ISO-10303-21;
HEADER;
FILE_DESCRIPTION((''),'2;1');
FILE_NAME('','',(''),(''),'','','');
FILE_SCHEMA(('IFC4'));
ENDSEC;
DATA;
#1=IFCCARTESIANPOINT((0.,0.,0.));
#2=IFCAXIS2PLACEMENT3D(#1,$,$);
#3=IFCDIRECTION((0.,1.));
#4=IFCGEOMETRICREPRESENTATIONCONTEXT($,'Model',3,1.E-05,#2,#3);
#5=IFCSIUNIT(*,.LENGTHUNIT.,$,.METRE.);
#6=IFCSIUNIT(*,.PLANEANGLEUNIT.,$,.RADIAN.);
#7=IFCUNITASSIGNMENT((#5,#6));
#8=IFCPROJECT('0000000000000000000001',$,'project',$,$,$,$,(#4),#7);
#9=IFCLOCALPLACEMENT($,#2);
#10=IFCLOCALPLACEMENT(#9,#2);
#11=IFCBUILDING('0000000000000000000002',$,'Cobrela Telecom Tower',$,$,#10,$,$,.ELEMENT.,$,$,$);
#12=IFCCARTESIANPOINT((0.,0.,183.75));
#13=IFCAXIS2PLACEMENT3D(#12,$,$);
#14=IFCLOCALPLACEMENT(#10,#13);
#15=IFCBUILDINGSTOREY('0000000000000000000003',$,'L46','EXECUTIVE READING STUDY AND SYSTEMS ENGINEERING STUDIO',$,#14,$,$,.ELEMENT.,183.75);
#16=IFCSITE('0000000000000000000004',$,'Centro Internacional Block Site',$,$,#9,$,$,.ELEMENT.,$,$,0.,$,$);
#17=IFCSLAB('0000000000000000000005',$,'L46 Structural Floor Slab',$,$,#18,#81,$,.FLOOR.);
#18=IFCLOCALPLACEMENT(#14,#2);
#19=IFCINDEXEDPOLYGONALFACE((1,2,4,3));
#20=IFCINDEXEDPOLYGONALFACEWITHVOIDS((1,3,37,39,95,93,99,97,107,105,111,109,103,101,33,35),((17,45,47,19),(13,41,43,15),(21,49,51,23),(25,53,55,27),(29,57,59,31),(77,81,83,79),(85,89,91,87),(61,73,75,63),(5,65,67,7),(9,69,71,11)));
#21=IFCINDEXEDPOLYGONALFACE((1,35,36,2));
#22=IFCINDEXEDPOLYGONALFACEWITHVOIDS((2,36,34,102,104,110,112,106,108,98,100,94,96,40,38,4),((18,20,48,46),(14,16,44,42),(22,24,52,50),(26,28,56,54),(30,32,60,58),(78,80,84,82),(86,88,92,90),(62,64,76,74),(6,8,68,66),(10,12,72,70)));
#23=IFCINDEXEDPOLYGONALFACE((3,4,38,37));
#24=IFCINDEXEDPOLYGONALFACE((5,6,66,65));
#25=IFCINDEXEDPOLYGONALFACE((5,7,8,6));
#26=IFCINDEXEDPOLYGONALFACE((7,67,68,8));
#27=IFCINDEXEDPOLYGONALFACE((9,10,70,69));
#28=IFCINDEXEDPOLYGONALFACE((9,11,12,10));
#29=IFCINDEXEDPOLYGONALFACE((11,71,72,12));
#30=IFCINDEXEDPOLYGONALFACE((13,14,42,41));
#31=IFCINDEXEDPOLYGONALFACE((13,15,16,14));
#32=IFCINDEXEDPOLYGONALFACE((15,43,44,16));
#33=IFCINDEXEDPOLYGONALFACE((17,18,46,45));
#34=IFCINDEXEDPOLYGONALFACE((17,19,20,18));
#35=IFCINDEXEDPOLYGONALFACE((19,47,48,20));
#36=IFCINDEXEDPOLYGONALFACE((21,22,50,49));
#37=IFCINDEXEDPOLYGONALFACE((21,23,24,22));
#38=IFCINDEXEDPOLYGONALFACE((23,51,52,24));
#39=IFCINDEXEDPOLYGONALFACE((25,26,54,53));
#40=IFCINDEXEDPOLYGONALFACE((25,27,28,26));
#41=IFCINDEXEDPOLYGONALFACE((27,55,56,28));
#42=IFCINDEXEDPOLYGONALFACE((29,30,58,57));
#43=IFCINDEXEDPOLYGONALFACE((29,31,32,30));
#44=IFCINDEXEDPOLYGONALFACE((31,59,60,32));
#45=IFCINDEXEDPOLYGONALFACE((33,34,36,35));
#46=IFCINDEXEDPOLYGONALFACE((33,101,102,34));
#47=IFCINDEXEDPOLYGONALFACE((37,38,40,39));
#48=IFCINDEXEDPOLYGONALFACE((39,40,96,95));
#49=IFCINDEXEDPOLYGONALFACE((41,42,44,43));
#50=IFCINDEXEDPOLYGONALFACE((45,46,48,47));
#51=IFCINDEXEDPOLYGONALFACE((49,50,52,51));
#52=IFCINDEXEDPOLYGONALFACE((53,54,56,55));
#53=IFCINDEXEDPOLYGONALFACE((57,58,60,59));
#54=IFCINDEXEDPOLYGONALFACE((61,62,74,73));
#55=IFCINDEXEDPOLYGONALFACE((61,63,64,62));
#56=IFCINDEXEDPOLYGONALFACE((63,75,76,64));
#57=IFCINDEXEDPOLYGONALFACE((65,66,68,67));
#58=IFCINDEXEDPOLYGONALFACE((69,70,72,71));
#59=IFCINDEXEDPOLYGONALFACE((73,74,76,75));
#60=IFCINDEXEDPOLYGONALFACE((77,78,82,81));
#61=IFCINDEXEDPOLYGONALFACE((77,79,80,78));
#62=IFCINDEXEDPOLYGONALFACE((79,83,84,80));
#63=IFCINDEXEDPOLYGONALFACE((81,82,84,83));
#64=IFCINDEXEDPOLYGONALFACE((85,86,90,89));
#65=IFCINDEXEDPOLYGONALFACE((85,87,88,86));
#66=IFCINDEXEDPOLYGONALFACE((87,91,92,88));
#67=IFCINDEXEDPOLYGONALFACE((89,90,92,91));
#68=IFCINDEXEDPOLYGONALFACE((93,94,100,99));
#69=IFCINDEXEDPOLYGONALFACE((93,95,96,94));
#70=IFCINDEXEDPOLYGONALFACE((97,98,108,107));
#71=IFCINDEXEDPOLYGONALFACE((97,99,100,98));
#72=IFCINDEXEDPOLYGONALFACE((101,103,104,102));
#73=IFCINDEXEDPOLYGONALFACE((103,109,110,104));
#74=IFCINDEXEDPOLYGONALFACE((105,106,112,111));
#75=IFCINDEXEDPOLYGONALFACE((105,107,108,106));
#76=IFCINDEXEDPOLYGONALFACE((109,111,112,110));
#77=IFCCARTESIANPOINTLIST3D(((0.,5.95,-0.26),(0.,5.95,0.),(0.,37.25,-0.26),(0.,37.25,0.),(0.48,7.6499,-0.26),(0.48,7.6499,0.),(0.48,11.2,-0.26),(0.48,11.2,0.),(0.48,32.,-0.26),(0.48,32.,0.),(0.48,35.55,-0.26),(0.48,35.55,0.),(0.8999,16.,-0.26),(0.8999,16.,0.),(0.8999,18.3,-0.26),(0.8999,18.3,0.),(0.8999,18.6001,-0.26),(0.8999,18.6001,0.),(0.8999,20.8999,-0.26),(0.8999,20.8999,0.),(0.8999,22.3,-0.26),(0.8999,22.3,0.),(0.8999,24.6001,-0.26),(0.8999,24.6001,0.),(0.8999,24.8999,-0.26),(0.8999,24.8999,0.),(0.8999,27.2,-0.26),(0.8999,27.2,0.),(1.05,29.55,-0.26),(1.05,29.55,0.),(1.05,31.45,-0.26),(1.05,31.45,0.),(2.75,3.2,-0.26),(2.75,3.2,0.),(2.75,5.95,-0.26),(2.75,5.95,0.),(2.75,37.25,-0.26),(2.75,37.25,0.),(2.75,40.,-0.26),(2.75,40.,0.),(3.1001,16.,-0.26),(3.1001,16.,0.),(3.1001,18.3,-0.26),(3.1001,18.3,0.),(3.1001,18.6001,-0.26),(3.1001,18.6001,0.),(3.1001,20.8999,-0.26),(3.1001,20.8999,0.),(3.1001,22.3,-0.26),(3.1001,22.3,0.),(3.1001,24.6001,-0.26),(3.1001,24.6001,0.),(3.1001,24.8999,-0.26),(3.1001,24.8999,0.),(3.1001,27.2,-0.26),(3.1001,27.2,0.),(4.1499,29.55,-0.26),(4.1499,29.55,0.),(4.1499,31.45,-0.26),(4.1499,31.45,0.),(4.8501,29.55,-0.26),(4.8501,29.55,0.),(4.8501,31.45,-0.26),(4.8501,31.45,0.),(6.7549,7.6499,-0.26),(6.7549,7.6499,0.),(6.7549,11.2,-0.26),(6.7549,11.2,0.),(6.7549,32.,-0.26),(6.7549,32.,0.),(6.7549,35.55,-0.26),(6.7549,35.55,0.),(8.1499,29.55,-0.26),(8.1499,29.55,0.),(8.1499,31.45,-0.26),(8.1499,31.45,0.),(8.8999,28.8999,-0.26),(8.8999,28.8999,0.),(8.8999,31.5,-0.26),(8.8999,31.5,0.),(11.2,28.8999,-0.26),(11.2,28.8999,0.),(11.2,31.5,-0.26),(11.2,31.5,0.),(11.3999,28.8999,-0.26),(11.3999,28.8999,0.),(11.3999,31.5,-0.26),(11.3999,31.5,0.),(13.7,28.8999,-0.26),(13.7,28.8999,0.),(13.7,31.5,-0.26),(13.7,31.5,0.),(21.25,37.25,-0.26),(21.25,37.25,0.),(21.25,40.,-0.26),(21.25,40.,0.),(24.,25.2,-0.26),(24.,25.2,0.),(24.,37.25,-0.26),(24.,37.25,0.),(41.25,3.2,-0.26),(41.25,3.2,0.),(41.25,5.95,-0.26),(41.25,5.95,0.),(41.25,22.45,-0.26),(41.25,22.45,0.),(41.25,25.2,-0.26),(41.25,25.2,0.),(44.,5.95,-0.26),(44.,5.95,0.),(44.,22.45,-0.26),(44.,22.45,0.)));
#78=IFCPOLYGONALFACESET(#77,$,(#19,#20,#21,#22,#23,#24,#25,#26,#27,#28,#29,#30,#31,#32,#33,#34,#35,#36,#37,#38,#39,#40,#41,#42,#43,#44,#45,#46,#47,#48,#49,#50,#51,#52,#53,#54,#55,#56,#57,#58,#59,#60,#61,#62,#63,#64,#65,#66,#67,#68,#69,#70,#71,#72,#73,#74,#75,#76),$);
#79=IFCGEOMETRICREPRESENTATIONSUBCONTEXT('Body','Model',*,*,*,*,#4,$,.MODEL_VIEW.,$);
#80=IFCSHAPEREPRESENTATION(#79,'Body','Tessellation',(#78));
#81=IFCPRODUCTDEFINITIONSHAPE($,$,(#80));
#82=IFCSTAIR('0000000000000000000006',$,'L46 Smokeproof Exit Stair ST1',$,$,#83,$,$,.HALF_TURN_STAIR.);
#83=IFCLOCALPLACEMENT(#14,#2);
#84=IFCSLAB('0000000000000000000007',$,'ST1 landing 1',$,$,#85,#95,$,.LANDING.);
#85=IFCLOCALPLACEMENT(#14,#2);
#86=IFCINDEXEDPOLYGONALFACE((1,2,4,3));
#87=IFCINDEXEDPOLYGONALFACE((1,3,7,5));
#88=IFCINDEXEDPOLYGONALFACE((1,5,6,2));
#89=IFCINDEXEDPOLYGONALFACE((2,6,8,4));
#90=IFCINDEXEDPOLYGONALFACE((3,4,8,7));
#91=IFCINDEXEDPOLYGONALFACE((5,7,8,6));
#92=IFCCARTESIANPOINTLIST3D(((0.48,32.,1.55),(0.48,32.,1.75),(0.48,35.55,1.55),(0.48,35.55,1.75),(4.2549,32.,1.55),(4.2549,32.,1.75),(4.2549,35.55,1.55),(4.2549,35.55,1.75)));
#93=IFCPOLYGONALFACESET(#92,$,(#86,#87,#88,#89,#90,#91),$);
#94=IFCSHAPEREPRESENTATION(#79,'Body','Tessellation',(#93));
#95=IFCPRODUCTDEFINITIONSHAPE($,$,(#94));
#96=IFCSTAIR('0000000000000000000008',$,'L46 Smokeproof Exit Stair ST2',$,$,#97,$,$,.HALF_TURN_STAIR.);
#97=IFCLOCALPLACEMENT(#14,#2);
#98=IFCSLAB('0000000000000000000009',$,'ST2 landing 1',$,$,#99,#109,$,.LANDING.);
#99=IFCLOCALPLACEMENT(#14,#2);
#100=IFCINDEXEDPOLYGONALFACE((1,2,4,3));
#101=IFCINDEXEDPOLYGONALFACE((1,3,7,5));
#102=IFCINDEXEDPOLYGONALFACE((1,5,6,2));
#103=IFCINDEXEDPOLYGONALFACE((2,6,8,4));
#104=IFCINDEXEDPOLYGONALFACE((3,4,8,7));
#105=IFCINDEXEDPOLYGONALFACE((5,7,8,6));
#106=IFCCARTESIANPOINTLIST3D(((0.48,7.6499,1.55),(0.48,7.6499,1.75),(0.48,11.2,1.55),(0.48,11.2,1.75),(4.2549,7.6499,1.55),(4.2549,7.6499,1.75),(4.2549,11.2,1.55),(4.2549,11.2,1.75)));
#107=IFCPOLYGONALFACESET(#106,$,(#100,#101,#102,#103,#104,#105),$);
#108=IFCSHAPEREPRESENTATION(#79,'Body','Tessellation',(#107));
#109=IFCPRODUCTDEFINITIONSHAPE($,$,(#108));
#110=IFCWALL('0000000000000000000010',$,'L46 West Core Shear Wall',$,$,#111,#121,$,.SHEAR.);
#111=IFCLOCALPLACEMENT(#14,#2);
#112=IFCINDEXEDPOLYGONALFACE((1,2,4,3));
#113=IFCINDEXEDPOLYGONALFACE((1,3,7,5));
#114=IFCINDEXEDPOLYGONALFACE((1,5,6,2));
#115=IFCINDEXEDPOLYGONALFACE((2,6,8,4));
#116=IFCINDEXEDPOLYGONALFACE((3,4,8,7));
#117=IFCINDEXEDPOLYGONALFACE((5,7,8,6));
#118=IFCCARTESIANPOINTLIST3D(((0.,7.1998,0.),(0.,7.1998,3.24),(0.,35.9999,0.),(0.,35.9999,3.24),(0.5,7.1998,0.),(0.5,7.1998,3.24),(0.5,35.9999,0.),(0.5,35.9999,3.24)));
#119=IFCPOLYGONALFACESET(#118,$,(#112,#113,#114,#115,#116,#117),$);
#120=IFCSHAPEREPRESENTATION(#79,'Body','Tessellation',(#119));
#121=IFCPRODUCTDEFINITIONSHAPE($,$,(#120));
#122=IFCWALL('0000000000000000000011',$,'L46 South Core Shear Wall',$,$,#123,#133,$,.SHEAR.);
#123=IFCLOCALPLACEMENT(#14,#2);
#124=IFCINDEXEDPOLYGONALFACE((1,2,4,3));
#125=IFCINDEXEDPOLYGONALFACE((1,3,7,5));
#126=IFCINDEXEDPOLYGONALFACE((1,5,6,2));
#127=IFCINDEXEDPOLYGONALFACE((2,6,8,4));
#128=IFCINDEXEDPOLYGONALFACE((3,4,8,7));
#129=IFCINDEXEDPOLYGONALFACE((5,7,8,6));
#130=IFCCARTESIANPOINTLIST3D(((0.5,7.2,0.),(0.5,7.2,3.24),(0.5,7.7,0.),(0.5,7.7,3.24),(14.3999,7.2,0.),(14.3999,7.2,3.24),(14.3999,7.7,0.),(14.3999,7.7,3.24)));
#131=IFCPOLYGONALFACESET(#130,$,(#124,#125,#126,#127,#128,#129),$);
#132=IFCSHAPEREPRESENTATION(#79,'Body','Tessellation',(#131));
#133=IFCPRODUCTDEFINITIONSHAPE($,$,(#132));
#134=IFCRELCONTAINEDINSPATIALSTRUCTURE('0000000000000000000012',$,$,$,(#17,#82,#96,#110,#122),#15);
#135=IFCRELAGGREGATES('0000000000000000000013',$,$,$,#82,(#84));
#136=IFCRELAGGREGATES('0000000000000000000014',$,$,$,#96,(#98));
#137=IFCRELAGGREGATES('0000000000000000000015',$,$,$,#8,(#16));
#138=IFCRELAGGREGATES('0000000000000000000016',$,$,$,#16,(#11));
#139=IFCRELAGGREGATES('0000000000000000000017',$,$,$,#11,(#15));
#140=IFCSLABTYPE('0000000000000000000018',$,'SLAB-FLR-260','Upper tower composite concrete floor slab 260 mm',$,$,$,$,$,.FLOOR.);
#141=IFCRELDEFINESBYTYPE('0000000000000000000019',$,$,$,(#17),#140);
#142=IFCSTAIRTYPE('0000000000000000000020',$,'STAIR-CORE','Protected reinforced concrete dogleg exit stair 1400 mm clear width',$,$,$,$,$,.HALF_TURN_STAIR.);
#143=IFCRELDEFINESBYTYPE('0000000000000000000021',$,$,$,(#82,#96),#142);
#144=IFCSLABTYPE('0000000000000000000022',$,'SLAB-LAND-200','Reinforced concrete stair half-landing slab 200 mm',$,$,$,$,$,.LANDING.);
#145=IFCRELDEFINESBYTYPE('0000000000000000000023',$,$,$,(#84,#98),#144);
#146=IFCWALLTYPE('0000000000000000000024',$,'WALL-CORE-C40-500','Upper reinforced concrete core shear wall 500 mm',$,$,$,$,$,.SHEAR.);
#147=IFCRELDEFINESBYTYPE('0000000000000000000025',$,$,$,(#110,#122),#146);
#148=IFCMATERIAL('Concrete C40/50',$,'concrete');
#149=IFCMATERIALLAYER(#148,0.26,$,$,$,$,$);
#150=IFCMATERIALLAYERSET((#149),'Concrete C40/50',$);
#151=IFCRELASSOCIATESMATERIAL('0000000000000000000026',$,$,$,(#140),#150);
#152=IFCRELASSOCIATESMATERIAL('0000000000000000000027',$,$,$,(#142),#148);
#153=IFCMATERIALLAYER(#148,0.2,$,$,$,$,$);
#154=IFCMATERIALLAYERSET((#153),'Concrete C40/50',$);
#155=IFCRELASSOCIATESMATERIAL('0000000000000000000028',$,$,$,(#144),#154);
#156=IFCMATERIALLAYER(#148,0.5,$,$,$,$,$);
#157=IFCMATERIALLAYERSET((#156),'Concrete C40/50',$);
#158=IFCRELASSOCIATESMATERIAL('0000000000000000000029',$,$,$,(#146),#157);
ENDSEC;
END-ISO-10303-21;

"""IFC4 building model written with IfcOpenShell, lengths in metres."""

from ifc_helpers import new_model, si_unit, direction, frame, frame_2d, origin, place, context, subcontext, project, spatial, polyline, rectangle, outline, extrude, material, layer, layer_set, type_object, element, aggregate, save


model = new_model("IFC4")

# Units and contexts
model_context = context("Model", 3, precision=1e-05, world=origin(), true_north=direction((0.0, 1.0)))
body_context = subcontext(model_context, "Body", "Model", "MODEL_VIEW")
ifc_project = project(units=[si_unit("LENGTHUNIT", "METRE"), si_unit("PLANEANGLEUNIT", "RADIAN")], contexts=[model_context])

# Site, building, storey
site_placement = place(None, origin())
site = spatial("IfcSite", under=ifc_project, at=site_placement, Name="Centro Internacional Block Site", CompositionType="ELEMENT", RefElevation=0.0)
building_placement = place(site_placement, origin())
building = spatial("IfcBuilding", under=site, at=building_placement, Name="Cobrela Telecom Tower", CompositionType="ELEMENT")
storey_placement = place(building_placement, frame((0.0, 0.0, 183.75)))
storey = spatial("IfcBuildingStorey", under=building, at=storey_placement, Name="L46", Description="EXECUTIVE READING STUDY AND SYSTEMS ENGINEERING STUDIO", CompositionType="ELEMENT", Elevation=183.75)

# Slab, openings
ifc_material_1 = material(Name="Concrete C40/50", Category="concrete")
ifc_layer_1 = layer(ifc_material_1, 0.26)
ifc_layer_set_1 = layer_set([ifc_layer_1], Name="Concrete C40/50")
slab_type_1 = type_object("IfcSlabType", Name="SLAB-FLR-260", Description="Upper tower composite concrete floor slab 260 mm", PredefinedType="FLOOR", material=ifc_layer_set_1)
slab_1_placement = place(storey_placement, frame((0.0, 0.0, -0.26)))
slab_1 = element("IfcSlab", 1, at=slab_1_placement, inside=storey, type_object=slab_type_1, Name="L46 Structural Floor Slab", PredefinedType="FLOOR", context=body_context, shape_type="SweptSolid", body=[
    extrude(outline(polyline([(2.75, 3.2), (41.25, 3.2), (41.25, 5.95), (44.0, 5.95), (44.0, 22.45), (41.25, 22.45), (41.25, 25.2), (24.0, 25.2), (24.0, 37.25), (21.25, 37.25), (21.25, 40.0), (2.75, 40.0), (2.75, 37.25), (0.0, 37.25), (0.0, 5.95), (2.75, 5.95), (2.75, 3.2)])), origin(), (0.0, 0.0, 1.0), 0.26),
])
opening_1_placement = place(slab_1_placement, frame((0.0, 0.0, -0.02)))
element("IfcOpeningElement", 2, at=opening_1_placement, cuts=slab_1, PredefinedType="OPENING", context=body_context, shape_type="SweptSolid", body=[
    extrude(outline(polyline([(8.8999, 28.8999), (11.2, 28.8999), (11.2, 31.5), (8.8999, 31.5), (8.8999, 28.8999)])), origin(), (0.0, 0.0, 1.0), 0.3),
])
opening_2_placement = place(slab_1_placement, frame((0.0, 0.0, -0.02)))
element("IfcOpeningElement", 3, at=opening_2_placement, cuts=slab_1, PredefinedType="OPENING", context=body_context, shape_type="SweptSolid", body=[
    extrude(outline(polyline([(11.3999, 28.8999), (13.7, 28.8999), (13.7, 31.5), (11.3999, 31.5), (11.3999, 28.8999)])), origin(), (0.0, 0.0, 1.0), 0.3),
])
opening_3_placement = place(slab_1_placement, frame((0.0, 0.0, -0.02)))
element("IfcOpeningElement", 4, at=opening_3_placement, cuts=slab_1, PredefinedType="OPENING", context=body_context, shape_type="SweptSolid", body=[
    extrude(outline(polyline([(0.8999, 16.0), (3.1001, 16.0), (3.1001, 18.3), (0.8999, 18.3), (0.8999, 16.0)])), origin(), (0.0, 0.0, 1.0), 0.3),
])
opening_4_placement = place(slab_1_placement, frame((0.0, 0.0, -0.02)))
element("IfcOpeningElement", 5, at=opening_4_placement, cuts=slab_1, PredefinedType="OPENING", context=body_context, shape_type="SweptSolid", body=[
    extrude(outline(polyline([(0.8999, 18.6001), (3.1001, 18.6001), (3.1001, 20.8999), (0.8999, 20.8999), (0.8999, 18.6001)])), origin(), (0.0, 0.0, 1.0), 0.3),
])
opening_5_placement = place(slab_1_placement, frame((0.0, 0.0, -0.02)))
element("IfcOpeningElement", 6, at=opening_5_placement, cuts=slab_1, PredefinedType="OPENING", context=body_context, shape_type="SweptSolid", body=[
    extrude(outline(polyline([(0.8999, 22.3), (3.1001, 22.3), (3.1001, 24.6001), (0.8999, 24.6001), (0.8999, 22.3)])), origin(), (0.0, 0.0, 1.0), 0.3),
])
opening_6_placement = place(slab_1_placement, frame((0.0, 0.0, -0.02)))
element("IfcOpeningElement", 7, at=opening_6_placement, cuts=slab_1, PredefinedType="OPENING", context=body_context, shape_type="SweptSolid", body=[
    extrude(outline(polyline([(0.8999, 24.8999), (3.1001, 24.8999), (3.1001, 27.2), (0.8999, 27.2), (0.8999, 24.8999)])), origin(), (0.0, 0.0, 1.0), 0.3),
])
opening_7_placement = place(slab_1_placement, frame((0.0, 0.0, -0.02)))
element("IfcOpeningElement", 8, at=opening_7_placement, cuts=slab_1, PredefinedType="OPENING", context=body_context, shape_type="SweptSolid", body=[
    extrude(outline(polyline([(1.05, 29.55), (4.1499, 29.55), (4.1499, 31.45), (1.05, 31.45), (1.05, 29.55)])), origin(), (0.0, 0.0, 1.0), 0.3),
])
opening_8_placement = place(slab_1_placement, frame((0.0, 0.0, -0.02)))
element("IfcOpeningElement", 9, at=opening_8_placement, cuts=slab_1, PredefinedType="OPENING", context=body_context, shape_type="SweptSolid", body=[
    extrude(outline(polyline([(4.8501, 29.55), (8.1499, 29.55), (8.1499, 31.45), (4.8501, 31.45), (4.8501, 29.55)])), origin(), (0.0, 0.0, 1.0), 0.3),
])
opening_9_placement = place(slab_1_placement, frame((0.0, 0.0, -0.02)))
element("IfcOpeningElement", 10, at=opening_9_placement, cuts=slab_1, PredefinedType="OPENING", context=body_context, shape_type="SweptSolid", body=[
    extrude(outline(polyline([(6.7549, 35.55), (0.48, 35.55), (0.48, 32.0), (6.7549, 32.0), (6.7549, 35.55)])), origin(), (0.0, 0.0, 1.0), 0.3),
])
opening_10_placement = place(slab_1_placement, frame((0.0, 0.0, -0.02)))
element("IfcOpeningElement", 11, at=opening_10_placement, cuts=slab_1, PredefinedType="OPENING", context=body_context, shape_type="SweptSolid", body=[
    extrude(outline(polyline([(6.7549, 11.2), (0.48, 11.2), (0.48, 7.6499), (6.7549, 7.6499), (6.7549, 11.2)])), origin(), (0.0, 0.0, 1.0), 0.3),
])

# Stairs, slabs
stair_type = type_object("IfcStairType", Name="STAIR-CORE", Description="Protected reinforced concrete dogleg exit stair 1400 mm clear width", PredefinedType="HALF_TURN_STAIR", material=ifc_material_1)
stair_1_placement = place(storey_placement, origin())
stair_1 = element("IfcStair", 12, at=stair_1_placement, inside=storey, type_object=stair_type, Name="L46 Smokeproof Exit Stair ST1", PredefinedType="HALF_TURN_STAIR")
ifc_layer_2 = layer(ifc_material_1, 0.2)
ifc_layer_set_2 = layer_set([ifc_layer_2], Name="Concrete C40/50")
slab_type_2 = type_object("IfcSlabType", Name="SLAB-LAND-200", Description="Reinforced concrete stair half-landing slab 200 mm", PredefinedType="LANDING", material=ifc_layer_set_2)
slab_2_placement = place(storey_placement, frame((0.0, 0.0, 1.55)))
slab_2 = element("IfcSlab", 13, at=slab_2_placement, type_object=slab_type_2, Name="ST1 landing 1", PredefinedType="LANDING", context=body_context, shape_type="SweptSolid", body=[
    extrude(outline(polyline([(4.2549, 35.55), (0.48, 35.55), (0.48, 32.0), (4.2549, 32.0), (4.2549, 35.55)])), origin(), (0.0, 0.0, 1.0), 0.2),
])
aggregate(stair_1, [slab_2])
stair_2_placement = place(storey_placement, origin())
stair_2 = element("IfcStair", 14, at=stair_2_placement, inside=storey, type_object=stair_type, Name="L46 Smokeproof Exit Stair ST2", PredefinedType="HALF_TURN_STAIR")
slab_3_placement = place(storey_placement, frame((0.0, 0.0, 1.55)))
slab_3 = element("IfcSlab", 15, at=slab_3_placement, type_object=slab_type_2, Name="ST2 landing 1", PredefinedType="LANDING", context=body_context, shape_type="SweptSolid", body=[
    extrude(outline(polyline([(4.2549, 11.2), (0.48, 11.2), (0.48, 7.6499), (4.2549, 7.6499), (4.2549, 11.2)])), origin(), (0.0, 0.0, 1.0), 0.2),
])

# Walls
ifc_layer_3 = layer(ifc_material_1, 0.5)
ifc_layer_set_3 = layer_set([ifc_layer_3], Name="Concrete C40/50")
wall_type_1 = type_object("IfcWallType", Name="WALL-CORE-C40-500", Description="Upper reinforced concrete core shear wall 500 mm", PredefinedType="SHEAR", material=ifc_layer_set_3)
wall_1_placement = place(storey_placement, frame((0.25, 7.2, 0.0), z_axis=(0.0, 0.0, 1.0), x_axis=(0.0, 1.0, 0.0)))
element("IfcWall", 16, at=wall_1_placement, inside=storey, type_object=wall_type_1, Name="L46 West Core Shear Wall", PredefinedType="SHEAR", context=body_context, shape_type="SweptSolid", body=[
    extrude(rectangle(XDim=28.8, YDim=0.5, at=frame_2d((14.3999, 0.0))), origin(), (0.0, 0.0, 1.0), 3.24),
])
wall_2_placement = place(storey_placement, frame((0.5, 7.45, 0.0), z_axis=(0.0, 0.0, 1.0), x_axis=(1.0, 0.0, 0.0)))
element("IfcWall", 17, at=wall_2_placement, inside=storey, type_object=wall_type_1, Name="L46 South Core Shear Wall", PredefinedType="SHEAR", context=body_context, shape_type="SweptSolid", body=[
    extrude(rectangle(XDim=13.8999, YDim=0.5, at=frame_2d((6.95, 0.0))), origin(), (0.0, 0.0, 1.0), 3.24),
])

aggregate(stair_2, [slab_3])

save(model, "model.ifc")
